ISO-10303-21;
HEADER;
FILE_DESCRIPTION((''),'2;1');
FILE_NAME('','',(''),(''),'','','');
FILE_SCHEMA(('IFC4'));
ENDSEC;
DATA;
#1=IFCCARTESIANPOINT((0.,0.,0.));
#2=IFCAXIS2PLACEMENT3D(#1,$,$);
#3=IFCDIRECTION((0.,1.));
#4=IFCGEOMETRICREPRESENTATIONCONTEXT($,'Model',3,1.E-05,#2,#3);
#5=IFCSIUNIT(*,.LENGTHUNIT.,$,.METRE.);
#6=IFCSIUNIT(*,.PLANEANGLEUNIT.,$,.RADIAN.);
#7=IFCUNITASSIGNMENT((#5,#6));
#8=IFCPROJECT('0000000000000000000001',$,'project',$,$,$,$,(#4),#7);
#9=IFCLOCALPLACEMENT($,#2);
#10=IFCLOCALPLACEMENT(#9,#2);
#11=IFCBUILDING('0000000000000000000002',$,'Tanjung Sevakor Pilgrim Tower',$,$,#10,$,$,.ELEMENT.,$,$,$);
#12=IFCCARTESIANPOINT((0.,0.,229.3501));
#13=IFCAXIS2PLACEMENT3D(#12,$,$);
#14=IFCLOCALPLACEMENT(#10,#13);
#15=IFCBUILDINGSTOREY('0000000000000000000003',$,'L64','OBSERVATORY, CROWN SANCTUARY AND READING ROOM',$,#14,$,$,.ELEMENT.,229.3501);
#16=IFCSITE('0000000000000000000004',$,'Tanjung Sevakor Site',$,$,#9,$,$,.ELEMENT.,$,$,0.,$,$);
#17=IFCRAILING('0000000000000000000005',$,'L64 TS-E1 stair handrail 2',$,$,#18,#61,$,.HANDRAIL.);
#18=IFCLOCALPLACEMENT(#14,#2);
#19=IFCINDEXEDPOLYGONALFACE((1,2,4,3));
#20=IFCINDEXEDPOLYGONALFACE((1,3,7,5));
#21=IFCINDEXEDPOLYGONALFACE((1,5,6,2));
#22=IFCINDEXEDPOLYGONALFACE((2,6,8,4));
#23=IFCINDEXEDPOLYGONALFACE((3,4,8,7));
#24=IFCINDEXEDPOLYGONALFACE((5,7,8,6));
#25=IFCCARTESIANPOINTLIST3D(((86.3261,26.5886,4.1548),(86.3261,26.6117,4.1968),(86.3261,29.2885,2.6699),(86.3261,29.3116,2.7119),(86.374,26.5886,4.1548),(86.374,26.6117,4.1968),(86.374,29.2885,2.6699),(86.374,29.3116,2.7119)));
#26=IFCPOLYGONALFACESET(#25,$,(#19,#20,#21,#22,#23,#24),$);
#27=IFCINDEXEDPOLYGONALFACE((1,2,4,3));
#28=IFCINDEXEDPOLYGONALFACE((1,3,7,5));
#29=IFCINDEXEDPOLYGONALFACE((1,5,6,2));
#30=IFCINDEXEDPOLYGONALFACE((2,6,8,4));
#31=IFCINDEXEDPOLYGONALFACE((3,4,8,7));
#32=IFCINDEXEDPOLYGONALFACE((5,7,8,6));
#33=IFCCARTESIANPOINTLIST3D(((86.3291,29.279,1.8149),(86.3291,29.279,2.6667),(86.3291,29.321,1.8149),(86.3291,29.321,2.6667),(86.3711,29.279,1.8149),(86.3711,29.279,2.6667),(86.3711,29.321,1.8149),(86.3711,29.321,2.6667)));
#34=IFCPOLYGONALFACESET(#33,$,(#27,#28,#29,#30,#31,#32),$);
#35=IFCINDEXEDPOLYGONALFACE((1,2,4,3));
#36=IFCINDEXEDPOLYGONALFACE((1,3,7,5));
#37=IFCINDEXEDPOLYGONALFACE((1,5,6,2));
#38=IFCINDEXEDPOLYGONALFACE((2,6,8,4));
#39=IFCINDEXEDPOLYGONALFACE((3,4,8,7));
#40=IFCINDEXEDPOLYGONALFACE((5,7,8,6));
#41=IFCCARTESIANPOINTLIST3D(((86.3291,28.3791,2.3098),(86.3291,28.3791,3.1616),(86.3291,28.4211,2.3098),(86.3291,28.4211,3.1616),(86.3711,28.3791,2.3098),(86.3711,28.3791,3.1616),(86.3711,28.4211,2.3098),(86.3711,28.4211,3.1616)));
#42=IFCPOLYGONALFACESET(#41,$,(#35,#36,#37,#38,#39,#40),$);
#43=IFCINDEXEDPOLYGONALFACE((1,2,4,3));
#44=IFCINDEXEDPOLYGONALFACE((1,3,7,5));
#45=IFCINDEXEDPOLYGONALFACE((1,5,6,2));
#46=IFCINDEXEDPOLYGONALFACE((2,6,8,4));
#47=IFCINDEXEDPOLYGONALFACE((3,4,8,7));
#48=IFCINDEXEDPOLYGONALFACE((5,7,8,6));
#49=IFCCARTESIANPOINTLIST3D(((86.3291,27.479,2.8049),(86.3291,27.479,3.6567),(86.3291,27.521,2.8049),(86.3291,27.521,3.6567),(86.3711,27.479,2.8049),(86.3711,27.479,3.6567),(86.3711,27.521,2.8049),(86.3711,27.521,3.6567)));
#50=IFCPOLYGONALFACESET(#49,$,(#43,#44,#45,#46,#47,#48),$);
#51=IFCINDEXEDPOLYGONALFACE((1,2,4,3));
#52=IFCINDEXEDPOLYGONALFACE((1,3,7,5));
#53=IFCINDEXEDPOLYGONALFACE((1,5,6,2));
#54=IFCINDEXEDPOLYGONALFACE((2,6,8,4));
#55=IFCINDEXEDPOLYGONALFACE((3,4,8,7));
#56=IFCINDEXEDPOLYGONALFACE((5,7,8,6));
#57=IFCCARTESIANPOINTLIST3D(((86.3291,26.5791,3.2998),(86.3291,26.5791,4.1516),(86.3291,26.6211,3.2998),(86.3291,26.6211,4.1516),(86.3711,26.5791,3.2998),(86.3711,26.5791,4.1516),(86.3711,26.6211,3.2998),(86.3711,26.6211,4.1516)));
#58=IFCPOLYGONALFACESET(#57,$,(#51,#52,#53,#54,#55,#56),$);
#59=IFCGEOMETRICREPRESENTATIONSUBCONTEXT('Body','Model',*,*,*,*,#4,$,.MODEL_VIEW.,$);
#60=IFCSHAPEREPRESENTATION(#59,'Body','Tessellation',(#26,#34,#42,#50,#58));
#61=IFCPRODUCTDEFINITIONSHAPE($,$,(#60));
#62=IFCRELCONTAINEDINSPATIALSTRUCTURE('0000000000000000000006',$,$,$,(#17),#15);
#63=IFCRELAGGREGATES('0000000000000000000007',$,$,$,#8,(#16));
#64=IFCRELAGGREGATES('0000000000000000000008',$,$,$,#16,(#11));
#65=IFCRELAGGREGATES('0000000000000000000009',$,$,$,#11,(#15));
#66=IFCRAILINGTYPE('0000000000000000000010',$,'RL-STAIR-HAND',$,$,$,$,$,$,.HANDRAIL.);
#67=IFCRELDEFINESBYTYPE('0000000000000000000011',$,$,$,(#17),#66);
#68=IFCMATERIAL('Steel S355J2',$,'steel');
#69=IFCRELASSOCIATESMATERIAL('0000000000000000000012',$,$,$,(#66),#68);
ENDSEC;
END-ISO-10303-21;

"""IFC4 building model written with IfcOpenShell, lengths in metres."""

from ifc_helpers import new_model, si_unit, direction, frame, origin, place, context, subcontext, project, spatial, rectangle, extrude, material, type_object, element, save


model = new_model("IFC4")

# Units and contexts
model_context = context("Model", 3, precision=1e-05, world=origin(), true_north=direction((0.0, 1.0)))
body_context = subcontext(model_context, "Body", "Model", "MODEL_VIEW")
ifc_project = project(units=[si_unit("LENGTHUNIT", "METRE"), si_unit("PLANEANGLEUNIT", "RADIAN")], contexts=[model_context])

# Site, building, storey
site_placement = place(None, origin())
site = spatial("IfcSite", under=ifc_project, at=site_placement, Name="Tanjung Sevakor Site", CompositionType="ELEMENT", RefElevation=0.0)
building_placement = place(site_placement, origin())
building = spatial("IfcBuilding", under=site, at=building_placement, Name="Tanjung Sevakor Pilgrim Tower", CompositionType="ELEMENT")
storey_placement = place(building_placement, frame((0.0, 0.0, 229.3501)))
storey = spatial("IfcBuildingStorey", under=building, at=storey_placement, Name="L64", Description="OBSERVATORY, CROWN SANCTUARY AND READING ROOM", CompositionType="ELEMENT", Elevation=229.3501)

# Railing
ifc_material_1 = material(Name="Steel S355J2", Category="steel")
railing_type_1 = type_object("IfcRailingType", Name="RL-STAIR-HAND", PredefinedType="HANDRAIL", material=ifc_material_1)
railing_1_placement = place(storey_placement, frame((86.3501, 29.3, 1.8149)))
element("IfcRailing", 1, at=railing_1_placement, inside=storey, type_object=railing_type_1, Name="L64 TS-E1 stair handrail 2", PredefinedType="HANDRAIL", context=body_context, shape_type="SweptSolid", body=[
    extrude(rectangle(XDim=0.0479, YDim=0.0479), frame((0.0, 0.0, 0.876), z_axis=(0.0, -0.876231, 0.481891), x_axis=(1.0, 0.0, 0.0)), (0.0, 0.0, 1.0), 3.0813),
    extrude(rectangle(XDim=0.042, YDim=0.042), origin(), (0.0, 0.0, 1.0), 0.8518),
    extrude(rectangle(XDim=0.042, YDim=0.042), frame((0.0, -0.8999, 0.4949)), (0.0, 0.0, 1.0), 0.8518),
    extrude(rectangle(XDim=0.042, YDim=0.042), frame((0.0, -1.8, 0.99)), (0.0, 0.0, 1.0), 0.8518),
    extrude(rectangle(XDim=0.042, YDim=0.042), frame((0.0, -2.7, 1.4849)), (0.0, 0.0, 1.0), 0.8518),
])

save(model, "model.ifc")
